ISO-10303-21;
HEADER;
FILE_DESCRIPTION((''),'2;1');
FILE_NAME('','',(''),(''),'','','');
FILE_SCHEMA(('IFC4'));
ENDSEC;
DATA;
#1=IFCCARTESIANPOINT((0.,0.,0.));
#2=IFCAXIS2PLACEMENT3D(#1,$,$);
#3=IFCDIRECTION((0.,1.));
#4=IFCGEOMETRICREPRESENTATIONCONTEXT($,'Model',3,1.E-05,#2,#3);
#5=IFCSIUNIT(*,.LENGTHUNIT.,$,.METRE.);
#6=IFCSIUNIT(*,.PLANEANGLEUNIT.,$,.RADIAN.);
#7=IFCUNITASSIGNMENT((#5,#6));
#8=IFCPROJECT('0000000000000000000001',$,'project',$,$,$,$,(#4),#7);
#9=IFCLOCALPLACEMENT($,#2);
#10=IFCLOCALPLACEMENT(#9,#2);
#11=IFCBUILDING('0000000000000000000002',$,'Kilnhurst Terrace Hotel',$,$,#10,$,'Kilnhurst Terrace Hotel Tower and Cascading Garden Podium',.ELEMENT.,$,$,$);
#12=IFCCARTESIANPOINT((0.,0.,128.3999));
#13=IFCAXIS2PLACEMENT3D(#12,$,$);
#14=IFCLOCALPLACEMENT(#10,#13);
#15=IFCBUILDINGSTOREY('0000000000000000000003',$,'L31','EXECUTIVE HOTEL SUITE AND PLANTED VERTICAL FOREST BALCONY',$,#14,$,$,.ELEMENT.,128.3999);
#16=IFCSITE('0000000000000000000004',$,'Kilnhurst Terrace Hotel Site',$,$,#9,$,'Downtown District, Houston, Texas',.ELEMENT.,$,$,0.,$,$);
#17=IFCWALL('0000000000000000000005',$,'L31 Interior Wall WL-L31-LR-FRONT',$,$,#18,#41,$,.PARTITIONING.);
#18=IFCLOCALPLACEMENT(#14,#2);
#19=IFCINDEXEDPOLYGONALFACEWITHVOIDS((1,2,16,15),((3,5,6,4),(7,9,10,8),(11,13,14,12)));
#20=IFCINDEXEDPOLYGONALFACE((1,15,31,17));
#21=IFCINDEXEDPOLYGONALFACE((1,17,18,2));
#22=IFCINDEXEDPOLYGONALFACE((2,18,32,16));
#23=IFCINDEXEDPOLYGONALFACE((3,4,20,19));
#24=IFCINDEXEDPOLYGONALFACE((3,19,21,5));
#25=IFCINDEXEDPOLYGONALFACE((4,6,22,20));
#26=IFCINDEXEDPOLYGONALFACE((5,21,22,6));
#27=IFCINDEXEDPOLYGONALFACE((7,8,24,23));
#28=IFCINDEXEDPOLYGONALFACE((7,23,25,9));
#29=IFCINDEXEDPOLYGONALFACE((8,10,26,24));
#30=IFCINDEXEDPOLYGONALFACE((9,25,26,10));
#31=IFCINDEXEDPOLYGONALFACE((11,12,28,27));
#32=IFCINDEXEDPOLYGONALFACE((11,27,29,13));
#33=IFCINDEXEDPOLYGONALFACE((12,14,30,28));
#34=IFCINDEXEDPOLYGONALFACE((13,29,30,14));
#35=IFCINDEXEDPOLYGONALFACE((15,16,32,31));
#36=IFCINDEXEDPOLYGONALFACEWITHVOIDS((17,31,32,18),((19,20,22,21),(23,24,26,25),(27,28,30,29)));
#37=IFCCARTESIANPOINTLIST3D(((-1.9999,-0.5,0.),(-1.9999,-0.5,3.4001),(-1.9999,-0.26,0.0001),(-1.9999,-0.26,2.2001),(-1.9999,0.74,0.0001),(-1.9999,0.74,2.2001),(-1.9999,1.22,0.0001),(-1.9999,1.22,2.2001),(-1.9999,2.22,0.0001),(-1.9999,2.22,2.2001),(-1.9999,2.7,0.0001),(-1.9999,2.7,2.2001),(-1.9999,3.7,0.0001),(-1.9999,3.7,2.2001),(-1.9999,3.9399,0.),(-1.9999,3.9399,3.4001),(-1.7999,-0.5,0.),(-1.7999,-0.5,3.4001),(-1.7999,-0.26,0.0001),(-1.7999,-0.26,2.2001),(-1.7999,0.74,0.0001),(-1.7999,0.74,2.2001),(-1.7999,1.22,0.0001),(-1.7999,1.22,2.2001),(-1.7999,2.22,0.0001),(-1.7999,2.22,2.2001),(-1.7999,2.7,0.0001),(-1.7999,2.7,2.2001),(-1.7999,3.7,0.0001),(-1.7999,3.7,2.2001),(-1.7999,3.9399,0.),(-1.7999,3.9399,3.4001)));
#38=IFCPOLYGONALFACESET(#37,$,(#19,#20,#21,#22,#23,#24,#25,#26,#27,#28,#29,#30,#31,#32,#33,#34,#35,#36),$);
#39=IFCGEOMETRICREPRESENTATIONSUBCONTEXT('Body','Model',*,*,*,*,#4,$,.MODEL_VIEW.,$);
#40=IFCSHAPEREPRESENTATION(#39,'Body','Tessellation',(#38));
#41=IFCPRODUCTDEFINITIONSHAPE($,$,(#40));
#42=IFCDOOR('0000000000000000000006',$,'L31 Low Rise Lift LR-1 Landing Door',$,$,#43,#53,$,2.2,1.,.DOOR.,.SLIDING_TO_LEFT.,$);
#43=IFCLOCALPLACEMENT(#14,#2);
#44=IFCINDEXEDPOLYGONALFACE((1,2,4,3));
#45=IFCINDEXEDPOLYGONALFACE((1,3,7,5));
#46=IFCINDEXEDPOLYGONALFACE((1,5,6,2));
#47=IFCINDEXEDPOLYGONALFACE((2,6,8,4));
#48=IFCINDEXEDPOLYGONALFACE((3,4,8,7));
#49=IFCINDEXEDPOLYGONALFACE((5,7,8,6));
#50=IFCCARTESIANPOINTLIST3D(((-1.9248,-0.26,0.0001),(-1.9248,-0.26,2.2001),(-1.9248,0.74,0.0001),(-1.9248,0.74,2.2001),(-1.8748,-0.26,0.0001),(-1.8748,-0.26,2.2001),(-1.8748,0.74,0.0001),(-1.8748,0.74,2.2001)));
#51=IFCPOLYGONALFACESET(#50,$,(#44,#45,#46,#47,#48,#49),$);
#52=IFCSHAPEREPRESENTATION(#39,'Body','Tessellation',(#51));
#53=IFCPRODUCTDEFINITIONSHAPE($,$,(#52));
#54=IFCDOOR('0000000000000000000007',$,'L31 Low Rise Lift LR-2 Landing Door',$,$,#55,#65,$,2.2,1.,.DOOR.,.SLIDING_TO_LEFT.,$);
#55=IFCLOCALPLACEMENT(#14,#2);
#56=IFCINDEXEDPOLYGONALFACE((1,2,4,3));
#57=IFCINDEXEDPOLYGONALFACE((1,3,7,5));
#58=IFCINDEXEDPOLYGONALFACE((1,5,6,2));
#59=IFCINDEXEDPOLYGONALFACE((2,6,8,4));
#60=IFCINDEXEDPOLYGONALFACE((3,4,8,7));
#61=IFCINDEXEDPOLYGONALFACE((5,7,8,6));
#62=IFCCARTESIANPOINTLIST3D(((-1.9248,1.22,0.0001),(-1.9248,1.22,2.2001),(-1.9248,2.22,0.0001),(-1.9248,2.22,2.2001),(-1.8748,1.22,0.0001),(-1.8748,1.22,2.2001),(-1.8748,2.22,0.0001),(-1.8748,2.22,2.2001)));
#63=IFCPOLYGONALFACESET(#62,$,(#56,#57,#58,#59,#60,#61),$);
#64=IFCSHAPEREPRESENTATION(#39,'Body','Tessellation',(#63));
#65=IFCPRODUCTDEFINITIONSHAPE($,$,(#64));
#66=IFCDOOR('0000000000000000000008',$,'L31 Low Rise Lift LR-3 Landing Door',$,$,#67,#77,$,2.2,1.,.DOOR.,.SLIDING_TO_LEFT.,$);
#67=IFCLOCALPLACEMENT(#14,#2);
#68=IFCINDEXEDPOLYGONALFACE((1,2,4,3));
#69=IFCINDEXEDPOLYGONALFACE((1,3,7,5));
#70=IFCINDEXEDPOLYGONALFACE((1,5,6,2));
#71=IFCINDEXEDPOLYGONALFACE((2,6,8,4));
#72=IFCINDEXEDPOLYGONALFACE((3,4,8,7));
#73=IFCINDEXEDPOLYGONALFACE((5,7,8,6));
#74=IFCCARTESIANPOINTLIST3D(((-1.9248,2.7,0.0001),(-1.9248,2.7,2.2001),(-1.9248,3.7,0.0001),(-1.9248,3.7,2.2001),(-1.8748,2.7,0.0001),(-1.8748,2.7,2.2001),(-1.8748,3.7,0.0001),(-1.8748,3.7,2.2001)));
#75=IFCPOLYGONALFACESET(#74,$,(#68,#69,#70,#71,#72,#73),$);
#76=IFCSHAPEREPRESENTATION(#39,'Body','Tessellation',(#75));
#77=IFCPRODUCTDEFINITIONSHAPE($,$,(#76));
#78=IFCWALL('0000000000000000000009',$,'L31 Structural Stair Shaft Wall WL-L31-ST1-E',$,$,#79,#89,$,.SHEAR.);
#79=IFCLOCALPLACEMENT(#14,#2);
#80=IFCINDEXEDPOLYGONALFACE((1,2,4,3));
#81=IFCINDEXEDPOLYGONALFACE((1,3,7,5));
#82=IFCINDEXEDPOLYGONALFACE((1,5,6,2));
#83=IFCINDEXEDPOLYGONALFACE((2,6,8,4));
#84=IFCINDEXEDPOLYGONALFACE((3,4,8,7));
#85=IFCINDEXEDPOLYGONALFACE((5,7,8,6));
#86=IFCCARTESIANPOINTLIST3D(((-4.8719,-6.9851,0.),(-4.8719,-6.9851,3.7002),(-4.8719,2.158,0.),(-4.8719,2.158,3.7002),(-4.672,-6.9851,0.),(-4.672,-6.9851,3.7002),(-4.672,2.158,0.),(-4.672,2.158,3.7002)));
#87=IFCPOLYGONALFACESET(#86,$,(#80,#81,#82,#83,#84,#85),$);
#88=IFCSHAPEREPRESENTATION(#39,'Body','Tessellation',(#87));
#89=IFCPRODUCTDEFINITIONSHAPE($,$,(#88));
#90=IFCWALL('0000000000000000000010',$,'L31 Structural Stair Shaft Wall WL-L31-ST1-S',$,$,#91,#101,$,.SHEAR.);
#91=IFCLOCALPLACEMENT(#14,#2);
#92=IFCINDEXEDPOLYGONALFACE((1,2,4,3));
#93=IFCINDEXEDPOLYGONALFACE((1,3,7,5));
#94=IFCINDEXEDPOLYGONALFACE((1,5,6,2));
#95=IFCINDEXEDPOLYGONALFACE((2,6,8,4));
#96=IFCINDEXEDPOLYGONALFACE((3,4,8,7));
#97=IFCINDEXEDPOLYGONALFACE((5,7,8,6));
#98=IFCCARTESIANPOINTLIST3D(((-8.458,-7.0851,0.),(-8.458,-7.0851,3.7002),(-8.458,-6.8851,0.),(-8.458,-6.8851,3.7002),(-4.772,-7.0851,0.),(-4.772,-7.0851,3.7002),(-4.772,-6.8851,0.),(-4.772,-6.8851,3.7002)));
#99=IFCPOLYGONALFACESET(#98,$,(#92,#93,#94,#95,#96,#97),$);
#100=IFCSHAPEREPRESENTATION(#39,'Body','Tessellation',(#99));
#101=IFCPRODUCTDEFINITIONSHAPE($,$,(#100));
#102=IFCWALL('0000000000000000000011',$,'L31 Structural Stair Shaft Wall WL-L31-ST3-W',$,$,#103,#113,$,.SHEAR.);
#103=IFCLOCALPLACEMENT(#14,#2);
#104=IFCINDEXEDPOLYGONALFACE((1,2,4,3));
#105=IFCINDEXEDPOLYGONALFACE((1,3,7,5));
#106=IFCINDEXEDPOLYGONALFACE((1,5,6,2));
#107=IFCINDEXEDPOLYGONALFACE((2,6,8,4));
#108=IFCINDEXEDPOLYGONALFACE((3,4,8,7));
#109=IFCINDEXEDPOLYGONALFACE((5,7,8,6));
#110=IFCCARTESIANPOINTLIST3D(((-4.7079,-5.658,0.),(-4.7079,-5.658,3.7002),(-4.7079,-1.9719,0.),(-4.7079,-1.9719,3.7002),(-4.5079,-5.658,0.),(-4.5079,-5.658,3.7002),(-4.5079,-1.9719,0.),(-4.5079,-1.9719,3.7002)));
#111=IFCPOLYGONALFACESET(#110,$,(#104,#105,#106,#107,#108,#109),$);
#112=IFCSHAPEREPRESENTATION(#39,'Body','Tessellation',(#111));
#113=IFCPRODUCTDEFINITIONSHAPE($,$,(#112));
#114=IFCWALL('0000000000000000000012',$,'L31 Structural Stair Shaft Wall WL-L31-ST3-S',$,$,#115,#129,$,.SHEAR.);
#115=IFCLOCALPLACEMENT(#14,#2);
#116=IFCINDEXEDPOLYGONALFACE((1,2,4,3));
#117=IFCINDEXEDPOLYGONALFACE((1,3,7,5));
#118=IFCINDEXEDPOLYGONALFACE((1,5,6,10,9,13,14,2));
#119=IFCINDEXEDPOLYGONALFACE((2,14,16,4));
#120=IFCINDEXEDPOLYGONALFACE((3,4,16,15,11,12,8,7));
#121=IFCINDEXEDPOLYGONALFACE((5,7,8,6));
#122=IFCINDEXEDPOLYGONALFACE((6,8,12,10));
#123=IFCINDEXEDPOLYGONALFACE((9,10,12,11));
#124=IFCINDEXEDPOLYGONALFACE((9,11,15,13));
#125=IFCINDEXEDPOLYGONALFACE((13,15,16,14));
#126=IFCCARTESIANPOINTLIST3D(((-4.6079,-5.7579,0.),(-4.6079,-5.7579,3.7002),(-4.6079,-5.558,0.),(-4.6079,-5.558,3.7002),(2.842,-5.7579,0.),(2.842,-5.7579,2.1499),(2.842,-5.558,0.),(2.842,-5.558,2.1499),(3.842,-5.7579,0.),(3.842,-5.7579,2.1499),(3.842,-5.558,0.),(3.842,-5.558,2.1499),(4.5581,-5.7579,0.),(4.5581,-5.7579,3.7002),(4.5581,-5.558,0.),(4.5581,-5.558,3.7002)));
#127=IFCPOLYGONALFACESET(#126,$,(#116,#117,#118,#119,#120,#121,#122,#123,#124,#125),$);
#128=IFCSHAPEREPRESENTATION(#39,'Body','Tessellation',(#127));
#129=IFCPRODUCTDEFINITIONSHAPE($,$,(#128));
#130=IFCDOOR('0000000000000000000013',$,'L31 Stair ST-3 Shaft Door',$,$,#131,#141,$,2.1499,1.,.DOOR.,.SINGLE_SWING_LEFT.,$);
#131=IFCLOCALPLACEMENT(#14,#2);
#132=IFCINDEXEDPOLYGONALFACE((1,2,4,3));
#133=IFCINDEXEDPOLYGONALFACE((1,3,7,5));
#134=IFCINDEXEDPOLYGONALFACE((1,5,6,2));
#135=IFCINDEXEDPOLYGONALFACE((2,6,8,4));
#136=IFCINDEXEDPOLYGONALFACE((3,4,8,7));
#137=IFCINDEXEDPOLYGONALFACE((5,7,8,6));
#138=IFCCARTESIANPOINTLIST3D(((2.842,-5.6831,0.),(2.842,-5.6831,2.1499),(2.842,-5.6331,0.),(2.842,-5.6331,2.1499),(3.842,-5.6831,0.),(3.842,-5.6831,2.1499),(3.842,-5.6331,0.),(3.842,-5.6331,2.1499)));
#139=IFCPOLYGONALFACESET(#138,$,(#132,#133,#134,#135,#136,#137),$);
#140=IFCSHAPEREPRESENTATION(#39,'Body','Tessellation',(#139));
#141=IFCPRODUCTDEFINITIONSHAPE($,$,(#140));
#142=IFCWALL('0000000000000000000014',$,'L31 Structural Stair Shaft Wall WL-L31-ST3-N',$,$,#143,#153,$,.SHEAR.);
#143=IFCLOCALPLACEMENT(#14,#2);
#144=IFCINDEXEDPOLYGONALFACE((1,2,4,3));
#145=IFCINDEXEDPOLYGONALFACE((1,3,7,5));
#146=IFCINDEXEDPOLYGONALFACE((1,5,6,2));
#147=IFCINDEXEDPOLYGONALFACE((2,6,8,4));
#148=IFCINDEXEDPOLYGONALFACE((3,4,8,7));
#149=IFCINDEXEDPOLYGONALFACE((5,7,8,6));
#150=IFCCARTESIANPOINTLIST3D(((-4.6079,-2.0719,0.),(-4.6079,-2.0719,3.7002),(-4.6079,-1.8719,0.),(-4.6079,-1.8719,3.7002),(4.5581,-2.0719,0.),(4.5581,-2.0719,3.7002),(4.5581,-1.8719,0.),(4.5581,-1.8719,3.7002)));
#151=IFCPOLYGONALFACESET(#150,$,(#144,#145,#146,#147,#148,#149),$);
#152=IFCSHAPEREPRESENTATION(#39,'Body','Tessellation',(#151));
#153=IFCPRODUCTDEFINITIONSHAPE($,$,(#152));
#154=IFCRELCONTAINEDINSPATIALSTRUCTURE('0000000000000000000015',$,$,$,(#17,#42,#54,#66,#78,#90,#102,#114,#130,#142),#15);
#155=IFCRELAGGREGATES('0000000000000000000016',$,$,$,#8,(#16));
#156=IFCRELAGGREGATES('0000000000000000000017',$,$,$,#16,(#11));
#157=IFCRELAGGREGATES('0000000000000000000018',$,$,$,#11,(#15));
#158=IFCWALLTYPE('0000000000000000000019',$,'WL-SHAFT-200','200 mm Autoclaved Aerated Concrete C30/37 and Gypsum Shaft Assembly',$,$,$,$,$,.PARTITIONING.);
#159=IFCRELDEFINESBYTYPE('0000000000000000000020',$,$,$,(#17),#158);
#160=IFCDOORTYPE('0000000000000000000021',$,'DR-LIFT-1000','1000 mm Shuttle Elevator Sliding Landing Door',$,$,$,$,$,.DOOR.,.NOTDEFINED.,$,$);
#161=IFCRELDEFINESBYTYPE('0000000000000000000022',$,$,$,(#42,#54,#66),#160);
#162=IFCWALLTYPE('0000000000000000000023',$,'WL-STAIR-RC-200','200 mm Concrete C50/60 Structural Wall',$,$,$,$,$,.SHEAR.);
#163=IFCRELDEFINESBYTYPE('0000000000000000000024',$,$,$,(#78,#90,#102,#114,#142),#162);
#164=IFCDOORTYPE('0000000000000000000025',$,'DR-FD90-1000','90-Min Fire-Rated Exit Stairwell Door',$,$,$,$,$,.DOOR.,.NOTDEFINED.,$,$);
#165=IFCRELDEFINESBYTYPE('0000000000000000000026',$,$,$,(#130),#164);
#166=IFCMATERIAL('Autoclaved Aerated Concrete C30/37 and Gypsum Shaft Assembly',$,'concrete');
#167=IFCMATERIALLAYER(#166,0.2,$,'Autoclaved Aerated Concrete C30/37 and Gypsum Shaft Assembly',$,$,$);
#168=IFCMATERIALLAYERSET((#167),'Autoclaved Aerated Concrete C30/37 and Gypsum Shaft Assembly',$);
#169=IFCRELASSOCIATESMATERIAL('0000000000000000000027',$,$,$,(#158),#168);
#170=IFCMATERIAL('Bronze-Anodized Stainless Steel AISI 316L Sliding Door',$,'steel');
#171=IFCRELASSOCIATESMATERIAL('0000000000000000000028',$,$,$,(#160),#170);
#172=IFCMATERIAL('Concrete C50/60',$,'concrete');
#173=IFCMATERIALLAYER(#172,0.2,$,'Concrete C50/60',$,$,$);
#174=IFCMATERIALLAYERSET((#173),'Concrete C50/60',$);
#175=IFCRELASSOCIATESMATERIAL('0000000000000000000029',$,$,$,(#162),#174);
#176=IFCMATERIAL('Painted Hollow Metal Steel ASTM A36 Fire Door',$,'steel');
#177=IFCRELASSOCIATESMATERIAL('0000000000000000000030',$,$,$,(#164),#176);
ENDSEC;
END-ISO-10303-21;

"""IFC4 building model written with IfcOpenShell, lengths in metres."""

from ifc_helpers import new_model, si_unit, direction, frame, frame_2d, origin, place, context, subcontext, project, spatial, rectangle, extrude, material, layer, layer_set, type_object, element, fill, save


model = new_model("IFC4")

# Units and contexts
model_context = context("Model", 3, precision=1e-05, world=origin(), true_north=direction((0.0, 1.0)))
body_context = subcontext(model_context, "Body", "Model", "MODEL_VIEW")
ifc_project = project(units=[si_unit("LENGTHUNIT", "METRE"), si_unit("PLANEANGLEUNIT", "RADIAN")], contexts=[model_context])

# Site, building, storey
site_placement = place(None, origin())
site = spatial("IfcSite", under=ifc_project, at=site_placement, Name="Kilnhurst Terrace Hotel Site", LongName="Downtown District, Houston, Texas", CompositionType="ELEMENT", RefElevation=0.0)
building_placement = place(site_placement, origin())
building = spatial("IfcBuilding", under=site, at=building_placement, Name="Kilnhurst Terrace Hotel", LongName="Kilnhurst Terrace Hotel Tower and Cascading Garden Podium", CompositionType="ELEMENT")
storey_placement = place(building_placement, frame((0.0, 0.0, 128.3999)))
storey = spatial("IfcBuildingStorey", under=building, at=storey_placement, Name="L31", Description="EXECUTIVE HOTEL SUITE AND PLANTED VERTICAL FOREST BALCONY", CompositionType="ELEMENT", Elevation=128.3999)

# Shared definitions
ifc_material_1 = material(Name="Concrete C50/60", Category="concrete")

# Shared definitions
ifc_material_2 = material(Name="Autoclaved Aerated Concrete C30/37 and Gypsum Shaft Assembly", Category="concrete")
ifc_layer_1 = layer(ifc_material_2, 0.2, Name="Autoclaved Aerated Concrete C30/37 and Gypsum Shaft Assembly")
ifc_layer_set_1 = layer_set([ifc_layer_1], Name="Autoclaved Aerated Concrete C30/37 and Gypsum Shaft Assembly")
wall_type_1 = type_object("IfcWallType", Name="WL-SHAFT-200", Description="200 mm Autoclaved Aerated Concrete C30/37 and Gypsum Shaft Assembly", PredefinedType="PARTITIONING", material=ifc_layer_set_1)
ifc_material_3 = material(Name="Bronze-Anodized Stainless Steel AISI 316L Sliding Door", Category="steel")
door_type_1 = type_object("IfcDoorType", Name="DR-LIFT-1000", Description="1000 mm Shuttle Elevator Sliding Landing Door", OperationType="NOTDEFINED", PredefinedType="DOOR", material=ifc_material_3)

# Wall, openings, doors
wall_1_placement = place(storey_placement, frame((-1.8999, -0.5, 0.0), z_axis=(0.0, 0.0, 1.0), x_axis=(0.0, 1.0, 0.0)))
wall_1 = element("IfcWall", 1, at=wall_1_placement, inside=storey, type_object=wall_type_1, Name="L31 Interior Wall WL-L31-LR-FRONT", PredefinedType="PARTITIONING", context=body_context, shape_type="SweptSolid", body=[
    extrude(rectangle(XDim=4.4399, YDim=0.2, at=frame_2d((2.22, 0.0))), origin(), (0.0, 0.0, 1.0), 3.4001),
])
opening_1_placement = place(wall_1_placement, frame((0.24, 0.0, 0.0)))
opening_1 = element("IfcOpeningElement", 2, at=opening_1_placement, cuts=wall_1, PredefinedType="OPENING", context=body_context, shape_type="SweptSolid", body=[
    extrude(rectangle(XDim=1.0, YDim=2.2, at=frame_2d((0.5, 1.1001))), frame((0.0, 0.1099, 0.0), z_axis=(0.0, -1.0, 0.0), x_axis=(1.0, 0.0, 0.0)), (0.0, 0.0, 1.0), 0.22),
])
opening_2_placement = place(wall_1_placement, frame((1.72, 0.0, 0.0)))
opening_2 = element("IfcOpeningElement", 3, at=opening_2_placement, cuts=wall_1, PredefinedType="OPENING", context=body_context, shape_type="SweptSolid", body=[
    extrude(rectangle(XDim=1.0, YDim=2.2, at=frame_2d((0.5, 1.1001))), frame((0.0, 0.1099, 0.0), z_axis=(0.0, -1.0, 0.0), x_axis=(1.0, 0.0, 0.0)), (0.0, 0.0, 1.0), 0.22),
])
opening_3_placement = place(wall_1_placement, frame((3.2, 0.0, 0.0)))
opening_3 = element("IfcOpeningElement", 4, at=opening_3_placement, cuts=wall_1, PredefinedType="OPENING", context=body_context, shape_type="SweptSolid", body=[
    extrude(rectangle(XDim=1.0, YDim=2.2, at=frame_2d((0.5, 1.1001))), frame((0.0, 0.1099, 0.0), z_axis=(0.0, -1.0, 0.0), x_axis=(1.0, 0.0, 0.0)), (0.0, 0.0, 1.0), 0.22),
])
door_1_placement = place(opening_1_placement, origin())
door_1 = element("IfcDoor", 5, at=door_1_placement, inside=storey, type_object=door_type_1, Name="L31 Low Rise Lift LR-1 Landing Door", OperationType="SLIDING_TO_LEFT", OverallHeight=2.2, OverallWidth=1.0, PredefinedType="DOOR", context=body_context, shape_type="SweptSolid", body=[
    extrude(rectangle(XDim=1.0, YDim=2.2, at=frame_2d((0.5, 1.1001))), frame((0.0, 0.0249, 0.0), z_axis=(0.0, -1.0, 0.0), x_axis=(1.0, 0.0, 0.0)), (0.0, 0.0, 1.0), 0.05),
])
fill(opening_1, door_1)
door_2_placement = place(opening_2_placement, origin())
door_2 = element("IfcDoor", 6, at=door_2_placement, inside=storey, type_object=door_type_1, Name="L31 Low Rise Lift LR-2 Landing Door", OperationType="SLIDING_TO_LEFT", OverallHeight=2.2, OverallWidth=1.0, PredefinedType="DOOR", context=body_context, shape_type="SweptSolid", body=[
    extrude(rectangle(XDim=1.0, YDim=2.2, at=frame_2d((0.5, 1.1001))), frame((0.0, 0.0249, 0.0), z_axis=(0.0, -1.0, 0.0), x_axis=(1.0, 0.0, 0.0)), (0.0, 0.0, 1.0), 0.05),
])
fill(opening_2, door_2)
door_3_placement = place(opening_3_placement, origin())
door_3 = element("IfcDoor", 7, at=door_3_placement, inside=storey, type_object=door_type_1, Name="L31 Low Rise Lift LR-3 Landing Door", OperationType="SLIDING_TO_LEFT", OverallHeight=2.2, OverallWidth=1.0, PredefinedType="DOOR", context=body_context, shape_type="SweptSolid", body=[
    extrude(rectangle(XDim=1.0, YDim=2.2, at=frame_2d((0.5, 1.1001))), frame((0.0, 0.0249, 0.0), z_axis=(0.0, -1.0, 0.0), x_axis=(1.0, 0.0, 0.0)), (0.0, 0.0, 1.0), 0.05),
])
fill(opening_3, door_3)

# Walls
ifc_layer_2 = layer(ifc_material_1, 0.2, Name="Concrete C50/60")
ifc_layer_set_2 = layer_set([ifc_layer_2], Name="Concrete C50/60")
wall_type_2 = type_object("IfcWallType", Name="WL-STAIR-RC-200", Description="200 mm Concrete C50/60 Structural Wall", PredefinedType="SHEAR", material=ifc_layer_set_2)
wall_2_placement = place(storey_placement, frame((-4.772, -6.9851, 0.0), z_axis=(0.0, 0.0, 1.0), x_axis=(0.0, 1.0, 0.0)))
element("IfcWall", 8, at=wall_2_placement, inside=storey, type_object=wall_type_2, Name="L31 Structural Stair Shaft Wall WL-L31-ST1-E", PredefinedType="SHEAR", context=body_context, shape_type="SweptSolid", body=[
    extrude(rectangle(XDim=9.1431, YDim=0.2, at=frame_2d((4.5715, 0.0))), origin(), (0.0, 0.0, 1.0), 3.7002),
])
for number, where, z_axis, x_axis, name in (
    (9, (-8.458, -6.9851, 0.0), (0.0, 0.0, 1.0), (1.0, 0.0, 0.0), "L31 Structural Stair Shaft Wall WL-L31-ST1-S"),
    (10, (-4.6079, -5.658, 0.0), (0.0, 0.0, 1.0), (0.0, 1.0, 0.0), "L31 Structural Stair Shaft Wall WL-L31-ST3-W"),
):
    element("IfcWall", number, at=place(storey_placement, frame(where, z_axis=z_axis, x_axis=x_axis)), inside=storey, type_object=wall_type_2, Name=name, PredefinedType="SHEAR", context=body_context, shape_type="SweptSolid", body=[
        extrude(rectangle(XDim=3.686, YDim=0.2, at=frame_2d((1.843, 0.0))), origin(), (0.0, 0.0, 1.0), 3.7002),
    ])

# Wall, opening, door
wall_3_placement = place(storey_placement, frame((-4.6079, -5.658, 0.0), z_axis=(0.0, 0.0, 1.0), x_axis=(1.0, 0.0, 0.0)))
wall_3 = element("IfcWall", 11, at=wall_3_placement, inside=storey, type_object=wall_type_2, Name="L31 Structural Stair Shaft Wall WL-L31-ST3-S", PredefinedType="SHEAR", context=body_context, shape_type="SweptSolid", body=[
    extrude(rectangle(XDim=9.166, YDim=0.2, at=frame_2d((4.583, 0.0))), origin(), (0.0, 0.0, 1.0), 3.7002),
])
opening_4_placement = place(wall_3_placement, frame((7.45, 0.0, 0.0)))
opening_4 = element("IfcOpeningElement", 12, at=opening_4_placement, cuts=wall_3, PredefinedType="OPENING", context=body_context, shape_type="SweptSolid", body=[
    extrude(rectangle(XDim=1.0, YDim=2.1499, at=frame_2d((0.5, 1.075))), frame((0.0, 0.1099, 0.0), z_axis=(0.0, -1.0, 0.0), x_axis=(1.0, 0.0, 0.0)), (0.0, 0.0, 1.0), 0.22),
])
ifc_material_4 = material(Name="Painted Hollow Metal Steel ASTM A36 Fire Door", Category="steel")
door_type_2 = type_object("IfcDoorType", Name="DR-FD90-1000", Description="90-Min Fire-Rated Exit Stairwell Door", OperationType="NOTDEFINED", PredefinedType="DOOR", material=ifc_material_4)
door_4_placement = place(opening_4_placement, origin())
door_4 = element("IfcDoor", 13, at=door_4_placement, inside=storey, type_object=door_type_2, Name="L31 Stair ST-3 Shaft Door", OperationType="SINGLE_SWING_LEFT", OverallHeight=2.1499, OverallWidth=1.0, PredefinedType="DOOR", context=body_context, shape_type="SweptSolid", body=[
    extrude(rectangle(XDim=1.0, YDim=2.1499, at=frame_2d((0.5, 1.075))), frame((0.0, 0.0249, 0.0), z_axis=(0.0, -1.0, 0.0), x_axis=(1.0, 0.0, 0.0)), (0.0, 0.0, 1.0), 0.05),
])
fill(opening_4, door_4)

# Wall
wall_4_placement = place(storey_placement, frame((-4.6079, -1.9719, 0.0), z_axis=(0.0, 0.0, 1.0), x_axis=(1.0, 0.0, 0.0)))
element("IfcWall", 14, at=wall_4_placement, inside=storey, type_object=wall_type_2, Name="L31 Structural Stair Shaft Wall WL-L31-ST3-N", PredefinedType="SHEAR", context=body_context, shape_type="SweptSolid", body=[
    extrude(rectangle(XDim=9.166, YDim=0.2, at=frame_2d((4.583, 0.0))), origin(), (0.0, 0.0, 1.0), 3.7002),
])

save(model, "model.ifc")
